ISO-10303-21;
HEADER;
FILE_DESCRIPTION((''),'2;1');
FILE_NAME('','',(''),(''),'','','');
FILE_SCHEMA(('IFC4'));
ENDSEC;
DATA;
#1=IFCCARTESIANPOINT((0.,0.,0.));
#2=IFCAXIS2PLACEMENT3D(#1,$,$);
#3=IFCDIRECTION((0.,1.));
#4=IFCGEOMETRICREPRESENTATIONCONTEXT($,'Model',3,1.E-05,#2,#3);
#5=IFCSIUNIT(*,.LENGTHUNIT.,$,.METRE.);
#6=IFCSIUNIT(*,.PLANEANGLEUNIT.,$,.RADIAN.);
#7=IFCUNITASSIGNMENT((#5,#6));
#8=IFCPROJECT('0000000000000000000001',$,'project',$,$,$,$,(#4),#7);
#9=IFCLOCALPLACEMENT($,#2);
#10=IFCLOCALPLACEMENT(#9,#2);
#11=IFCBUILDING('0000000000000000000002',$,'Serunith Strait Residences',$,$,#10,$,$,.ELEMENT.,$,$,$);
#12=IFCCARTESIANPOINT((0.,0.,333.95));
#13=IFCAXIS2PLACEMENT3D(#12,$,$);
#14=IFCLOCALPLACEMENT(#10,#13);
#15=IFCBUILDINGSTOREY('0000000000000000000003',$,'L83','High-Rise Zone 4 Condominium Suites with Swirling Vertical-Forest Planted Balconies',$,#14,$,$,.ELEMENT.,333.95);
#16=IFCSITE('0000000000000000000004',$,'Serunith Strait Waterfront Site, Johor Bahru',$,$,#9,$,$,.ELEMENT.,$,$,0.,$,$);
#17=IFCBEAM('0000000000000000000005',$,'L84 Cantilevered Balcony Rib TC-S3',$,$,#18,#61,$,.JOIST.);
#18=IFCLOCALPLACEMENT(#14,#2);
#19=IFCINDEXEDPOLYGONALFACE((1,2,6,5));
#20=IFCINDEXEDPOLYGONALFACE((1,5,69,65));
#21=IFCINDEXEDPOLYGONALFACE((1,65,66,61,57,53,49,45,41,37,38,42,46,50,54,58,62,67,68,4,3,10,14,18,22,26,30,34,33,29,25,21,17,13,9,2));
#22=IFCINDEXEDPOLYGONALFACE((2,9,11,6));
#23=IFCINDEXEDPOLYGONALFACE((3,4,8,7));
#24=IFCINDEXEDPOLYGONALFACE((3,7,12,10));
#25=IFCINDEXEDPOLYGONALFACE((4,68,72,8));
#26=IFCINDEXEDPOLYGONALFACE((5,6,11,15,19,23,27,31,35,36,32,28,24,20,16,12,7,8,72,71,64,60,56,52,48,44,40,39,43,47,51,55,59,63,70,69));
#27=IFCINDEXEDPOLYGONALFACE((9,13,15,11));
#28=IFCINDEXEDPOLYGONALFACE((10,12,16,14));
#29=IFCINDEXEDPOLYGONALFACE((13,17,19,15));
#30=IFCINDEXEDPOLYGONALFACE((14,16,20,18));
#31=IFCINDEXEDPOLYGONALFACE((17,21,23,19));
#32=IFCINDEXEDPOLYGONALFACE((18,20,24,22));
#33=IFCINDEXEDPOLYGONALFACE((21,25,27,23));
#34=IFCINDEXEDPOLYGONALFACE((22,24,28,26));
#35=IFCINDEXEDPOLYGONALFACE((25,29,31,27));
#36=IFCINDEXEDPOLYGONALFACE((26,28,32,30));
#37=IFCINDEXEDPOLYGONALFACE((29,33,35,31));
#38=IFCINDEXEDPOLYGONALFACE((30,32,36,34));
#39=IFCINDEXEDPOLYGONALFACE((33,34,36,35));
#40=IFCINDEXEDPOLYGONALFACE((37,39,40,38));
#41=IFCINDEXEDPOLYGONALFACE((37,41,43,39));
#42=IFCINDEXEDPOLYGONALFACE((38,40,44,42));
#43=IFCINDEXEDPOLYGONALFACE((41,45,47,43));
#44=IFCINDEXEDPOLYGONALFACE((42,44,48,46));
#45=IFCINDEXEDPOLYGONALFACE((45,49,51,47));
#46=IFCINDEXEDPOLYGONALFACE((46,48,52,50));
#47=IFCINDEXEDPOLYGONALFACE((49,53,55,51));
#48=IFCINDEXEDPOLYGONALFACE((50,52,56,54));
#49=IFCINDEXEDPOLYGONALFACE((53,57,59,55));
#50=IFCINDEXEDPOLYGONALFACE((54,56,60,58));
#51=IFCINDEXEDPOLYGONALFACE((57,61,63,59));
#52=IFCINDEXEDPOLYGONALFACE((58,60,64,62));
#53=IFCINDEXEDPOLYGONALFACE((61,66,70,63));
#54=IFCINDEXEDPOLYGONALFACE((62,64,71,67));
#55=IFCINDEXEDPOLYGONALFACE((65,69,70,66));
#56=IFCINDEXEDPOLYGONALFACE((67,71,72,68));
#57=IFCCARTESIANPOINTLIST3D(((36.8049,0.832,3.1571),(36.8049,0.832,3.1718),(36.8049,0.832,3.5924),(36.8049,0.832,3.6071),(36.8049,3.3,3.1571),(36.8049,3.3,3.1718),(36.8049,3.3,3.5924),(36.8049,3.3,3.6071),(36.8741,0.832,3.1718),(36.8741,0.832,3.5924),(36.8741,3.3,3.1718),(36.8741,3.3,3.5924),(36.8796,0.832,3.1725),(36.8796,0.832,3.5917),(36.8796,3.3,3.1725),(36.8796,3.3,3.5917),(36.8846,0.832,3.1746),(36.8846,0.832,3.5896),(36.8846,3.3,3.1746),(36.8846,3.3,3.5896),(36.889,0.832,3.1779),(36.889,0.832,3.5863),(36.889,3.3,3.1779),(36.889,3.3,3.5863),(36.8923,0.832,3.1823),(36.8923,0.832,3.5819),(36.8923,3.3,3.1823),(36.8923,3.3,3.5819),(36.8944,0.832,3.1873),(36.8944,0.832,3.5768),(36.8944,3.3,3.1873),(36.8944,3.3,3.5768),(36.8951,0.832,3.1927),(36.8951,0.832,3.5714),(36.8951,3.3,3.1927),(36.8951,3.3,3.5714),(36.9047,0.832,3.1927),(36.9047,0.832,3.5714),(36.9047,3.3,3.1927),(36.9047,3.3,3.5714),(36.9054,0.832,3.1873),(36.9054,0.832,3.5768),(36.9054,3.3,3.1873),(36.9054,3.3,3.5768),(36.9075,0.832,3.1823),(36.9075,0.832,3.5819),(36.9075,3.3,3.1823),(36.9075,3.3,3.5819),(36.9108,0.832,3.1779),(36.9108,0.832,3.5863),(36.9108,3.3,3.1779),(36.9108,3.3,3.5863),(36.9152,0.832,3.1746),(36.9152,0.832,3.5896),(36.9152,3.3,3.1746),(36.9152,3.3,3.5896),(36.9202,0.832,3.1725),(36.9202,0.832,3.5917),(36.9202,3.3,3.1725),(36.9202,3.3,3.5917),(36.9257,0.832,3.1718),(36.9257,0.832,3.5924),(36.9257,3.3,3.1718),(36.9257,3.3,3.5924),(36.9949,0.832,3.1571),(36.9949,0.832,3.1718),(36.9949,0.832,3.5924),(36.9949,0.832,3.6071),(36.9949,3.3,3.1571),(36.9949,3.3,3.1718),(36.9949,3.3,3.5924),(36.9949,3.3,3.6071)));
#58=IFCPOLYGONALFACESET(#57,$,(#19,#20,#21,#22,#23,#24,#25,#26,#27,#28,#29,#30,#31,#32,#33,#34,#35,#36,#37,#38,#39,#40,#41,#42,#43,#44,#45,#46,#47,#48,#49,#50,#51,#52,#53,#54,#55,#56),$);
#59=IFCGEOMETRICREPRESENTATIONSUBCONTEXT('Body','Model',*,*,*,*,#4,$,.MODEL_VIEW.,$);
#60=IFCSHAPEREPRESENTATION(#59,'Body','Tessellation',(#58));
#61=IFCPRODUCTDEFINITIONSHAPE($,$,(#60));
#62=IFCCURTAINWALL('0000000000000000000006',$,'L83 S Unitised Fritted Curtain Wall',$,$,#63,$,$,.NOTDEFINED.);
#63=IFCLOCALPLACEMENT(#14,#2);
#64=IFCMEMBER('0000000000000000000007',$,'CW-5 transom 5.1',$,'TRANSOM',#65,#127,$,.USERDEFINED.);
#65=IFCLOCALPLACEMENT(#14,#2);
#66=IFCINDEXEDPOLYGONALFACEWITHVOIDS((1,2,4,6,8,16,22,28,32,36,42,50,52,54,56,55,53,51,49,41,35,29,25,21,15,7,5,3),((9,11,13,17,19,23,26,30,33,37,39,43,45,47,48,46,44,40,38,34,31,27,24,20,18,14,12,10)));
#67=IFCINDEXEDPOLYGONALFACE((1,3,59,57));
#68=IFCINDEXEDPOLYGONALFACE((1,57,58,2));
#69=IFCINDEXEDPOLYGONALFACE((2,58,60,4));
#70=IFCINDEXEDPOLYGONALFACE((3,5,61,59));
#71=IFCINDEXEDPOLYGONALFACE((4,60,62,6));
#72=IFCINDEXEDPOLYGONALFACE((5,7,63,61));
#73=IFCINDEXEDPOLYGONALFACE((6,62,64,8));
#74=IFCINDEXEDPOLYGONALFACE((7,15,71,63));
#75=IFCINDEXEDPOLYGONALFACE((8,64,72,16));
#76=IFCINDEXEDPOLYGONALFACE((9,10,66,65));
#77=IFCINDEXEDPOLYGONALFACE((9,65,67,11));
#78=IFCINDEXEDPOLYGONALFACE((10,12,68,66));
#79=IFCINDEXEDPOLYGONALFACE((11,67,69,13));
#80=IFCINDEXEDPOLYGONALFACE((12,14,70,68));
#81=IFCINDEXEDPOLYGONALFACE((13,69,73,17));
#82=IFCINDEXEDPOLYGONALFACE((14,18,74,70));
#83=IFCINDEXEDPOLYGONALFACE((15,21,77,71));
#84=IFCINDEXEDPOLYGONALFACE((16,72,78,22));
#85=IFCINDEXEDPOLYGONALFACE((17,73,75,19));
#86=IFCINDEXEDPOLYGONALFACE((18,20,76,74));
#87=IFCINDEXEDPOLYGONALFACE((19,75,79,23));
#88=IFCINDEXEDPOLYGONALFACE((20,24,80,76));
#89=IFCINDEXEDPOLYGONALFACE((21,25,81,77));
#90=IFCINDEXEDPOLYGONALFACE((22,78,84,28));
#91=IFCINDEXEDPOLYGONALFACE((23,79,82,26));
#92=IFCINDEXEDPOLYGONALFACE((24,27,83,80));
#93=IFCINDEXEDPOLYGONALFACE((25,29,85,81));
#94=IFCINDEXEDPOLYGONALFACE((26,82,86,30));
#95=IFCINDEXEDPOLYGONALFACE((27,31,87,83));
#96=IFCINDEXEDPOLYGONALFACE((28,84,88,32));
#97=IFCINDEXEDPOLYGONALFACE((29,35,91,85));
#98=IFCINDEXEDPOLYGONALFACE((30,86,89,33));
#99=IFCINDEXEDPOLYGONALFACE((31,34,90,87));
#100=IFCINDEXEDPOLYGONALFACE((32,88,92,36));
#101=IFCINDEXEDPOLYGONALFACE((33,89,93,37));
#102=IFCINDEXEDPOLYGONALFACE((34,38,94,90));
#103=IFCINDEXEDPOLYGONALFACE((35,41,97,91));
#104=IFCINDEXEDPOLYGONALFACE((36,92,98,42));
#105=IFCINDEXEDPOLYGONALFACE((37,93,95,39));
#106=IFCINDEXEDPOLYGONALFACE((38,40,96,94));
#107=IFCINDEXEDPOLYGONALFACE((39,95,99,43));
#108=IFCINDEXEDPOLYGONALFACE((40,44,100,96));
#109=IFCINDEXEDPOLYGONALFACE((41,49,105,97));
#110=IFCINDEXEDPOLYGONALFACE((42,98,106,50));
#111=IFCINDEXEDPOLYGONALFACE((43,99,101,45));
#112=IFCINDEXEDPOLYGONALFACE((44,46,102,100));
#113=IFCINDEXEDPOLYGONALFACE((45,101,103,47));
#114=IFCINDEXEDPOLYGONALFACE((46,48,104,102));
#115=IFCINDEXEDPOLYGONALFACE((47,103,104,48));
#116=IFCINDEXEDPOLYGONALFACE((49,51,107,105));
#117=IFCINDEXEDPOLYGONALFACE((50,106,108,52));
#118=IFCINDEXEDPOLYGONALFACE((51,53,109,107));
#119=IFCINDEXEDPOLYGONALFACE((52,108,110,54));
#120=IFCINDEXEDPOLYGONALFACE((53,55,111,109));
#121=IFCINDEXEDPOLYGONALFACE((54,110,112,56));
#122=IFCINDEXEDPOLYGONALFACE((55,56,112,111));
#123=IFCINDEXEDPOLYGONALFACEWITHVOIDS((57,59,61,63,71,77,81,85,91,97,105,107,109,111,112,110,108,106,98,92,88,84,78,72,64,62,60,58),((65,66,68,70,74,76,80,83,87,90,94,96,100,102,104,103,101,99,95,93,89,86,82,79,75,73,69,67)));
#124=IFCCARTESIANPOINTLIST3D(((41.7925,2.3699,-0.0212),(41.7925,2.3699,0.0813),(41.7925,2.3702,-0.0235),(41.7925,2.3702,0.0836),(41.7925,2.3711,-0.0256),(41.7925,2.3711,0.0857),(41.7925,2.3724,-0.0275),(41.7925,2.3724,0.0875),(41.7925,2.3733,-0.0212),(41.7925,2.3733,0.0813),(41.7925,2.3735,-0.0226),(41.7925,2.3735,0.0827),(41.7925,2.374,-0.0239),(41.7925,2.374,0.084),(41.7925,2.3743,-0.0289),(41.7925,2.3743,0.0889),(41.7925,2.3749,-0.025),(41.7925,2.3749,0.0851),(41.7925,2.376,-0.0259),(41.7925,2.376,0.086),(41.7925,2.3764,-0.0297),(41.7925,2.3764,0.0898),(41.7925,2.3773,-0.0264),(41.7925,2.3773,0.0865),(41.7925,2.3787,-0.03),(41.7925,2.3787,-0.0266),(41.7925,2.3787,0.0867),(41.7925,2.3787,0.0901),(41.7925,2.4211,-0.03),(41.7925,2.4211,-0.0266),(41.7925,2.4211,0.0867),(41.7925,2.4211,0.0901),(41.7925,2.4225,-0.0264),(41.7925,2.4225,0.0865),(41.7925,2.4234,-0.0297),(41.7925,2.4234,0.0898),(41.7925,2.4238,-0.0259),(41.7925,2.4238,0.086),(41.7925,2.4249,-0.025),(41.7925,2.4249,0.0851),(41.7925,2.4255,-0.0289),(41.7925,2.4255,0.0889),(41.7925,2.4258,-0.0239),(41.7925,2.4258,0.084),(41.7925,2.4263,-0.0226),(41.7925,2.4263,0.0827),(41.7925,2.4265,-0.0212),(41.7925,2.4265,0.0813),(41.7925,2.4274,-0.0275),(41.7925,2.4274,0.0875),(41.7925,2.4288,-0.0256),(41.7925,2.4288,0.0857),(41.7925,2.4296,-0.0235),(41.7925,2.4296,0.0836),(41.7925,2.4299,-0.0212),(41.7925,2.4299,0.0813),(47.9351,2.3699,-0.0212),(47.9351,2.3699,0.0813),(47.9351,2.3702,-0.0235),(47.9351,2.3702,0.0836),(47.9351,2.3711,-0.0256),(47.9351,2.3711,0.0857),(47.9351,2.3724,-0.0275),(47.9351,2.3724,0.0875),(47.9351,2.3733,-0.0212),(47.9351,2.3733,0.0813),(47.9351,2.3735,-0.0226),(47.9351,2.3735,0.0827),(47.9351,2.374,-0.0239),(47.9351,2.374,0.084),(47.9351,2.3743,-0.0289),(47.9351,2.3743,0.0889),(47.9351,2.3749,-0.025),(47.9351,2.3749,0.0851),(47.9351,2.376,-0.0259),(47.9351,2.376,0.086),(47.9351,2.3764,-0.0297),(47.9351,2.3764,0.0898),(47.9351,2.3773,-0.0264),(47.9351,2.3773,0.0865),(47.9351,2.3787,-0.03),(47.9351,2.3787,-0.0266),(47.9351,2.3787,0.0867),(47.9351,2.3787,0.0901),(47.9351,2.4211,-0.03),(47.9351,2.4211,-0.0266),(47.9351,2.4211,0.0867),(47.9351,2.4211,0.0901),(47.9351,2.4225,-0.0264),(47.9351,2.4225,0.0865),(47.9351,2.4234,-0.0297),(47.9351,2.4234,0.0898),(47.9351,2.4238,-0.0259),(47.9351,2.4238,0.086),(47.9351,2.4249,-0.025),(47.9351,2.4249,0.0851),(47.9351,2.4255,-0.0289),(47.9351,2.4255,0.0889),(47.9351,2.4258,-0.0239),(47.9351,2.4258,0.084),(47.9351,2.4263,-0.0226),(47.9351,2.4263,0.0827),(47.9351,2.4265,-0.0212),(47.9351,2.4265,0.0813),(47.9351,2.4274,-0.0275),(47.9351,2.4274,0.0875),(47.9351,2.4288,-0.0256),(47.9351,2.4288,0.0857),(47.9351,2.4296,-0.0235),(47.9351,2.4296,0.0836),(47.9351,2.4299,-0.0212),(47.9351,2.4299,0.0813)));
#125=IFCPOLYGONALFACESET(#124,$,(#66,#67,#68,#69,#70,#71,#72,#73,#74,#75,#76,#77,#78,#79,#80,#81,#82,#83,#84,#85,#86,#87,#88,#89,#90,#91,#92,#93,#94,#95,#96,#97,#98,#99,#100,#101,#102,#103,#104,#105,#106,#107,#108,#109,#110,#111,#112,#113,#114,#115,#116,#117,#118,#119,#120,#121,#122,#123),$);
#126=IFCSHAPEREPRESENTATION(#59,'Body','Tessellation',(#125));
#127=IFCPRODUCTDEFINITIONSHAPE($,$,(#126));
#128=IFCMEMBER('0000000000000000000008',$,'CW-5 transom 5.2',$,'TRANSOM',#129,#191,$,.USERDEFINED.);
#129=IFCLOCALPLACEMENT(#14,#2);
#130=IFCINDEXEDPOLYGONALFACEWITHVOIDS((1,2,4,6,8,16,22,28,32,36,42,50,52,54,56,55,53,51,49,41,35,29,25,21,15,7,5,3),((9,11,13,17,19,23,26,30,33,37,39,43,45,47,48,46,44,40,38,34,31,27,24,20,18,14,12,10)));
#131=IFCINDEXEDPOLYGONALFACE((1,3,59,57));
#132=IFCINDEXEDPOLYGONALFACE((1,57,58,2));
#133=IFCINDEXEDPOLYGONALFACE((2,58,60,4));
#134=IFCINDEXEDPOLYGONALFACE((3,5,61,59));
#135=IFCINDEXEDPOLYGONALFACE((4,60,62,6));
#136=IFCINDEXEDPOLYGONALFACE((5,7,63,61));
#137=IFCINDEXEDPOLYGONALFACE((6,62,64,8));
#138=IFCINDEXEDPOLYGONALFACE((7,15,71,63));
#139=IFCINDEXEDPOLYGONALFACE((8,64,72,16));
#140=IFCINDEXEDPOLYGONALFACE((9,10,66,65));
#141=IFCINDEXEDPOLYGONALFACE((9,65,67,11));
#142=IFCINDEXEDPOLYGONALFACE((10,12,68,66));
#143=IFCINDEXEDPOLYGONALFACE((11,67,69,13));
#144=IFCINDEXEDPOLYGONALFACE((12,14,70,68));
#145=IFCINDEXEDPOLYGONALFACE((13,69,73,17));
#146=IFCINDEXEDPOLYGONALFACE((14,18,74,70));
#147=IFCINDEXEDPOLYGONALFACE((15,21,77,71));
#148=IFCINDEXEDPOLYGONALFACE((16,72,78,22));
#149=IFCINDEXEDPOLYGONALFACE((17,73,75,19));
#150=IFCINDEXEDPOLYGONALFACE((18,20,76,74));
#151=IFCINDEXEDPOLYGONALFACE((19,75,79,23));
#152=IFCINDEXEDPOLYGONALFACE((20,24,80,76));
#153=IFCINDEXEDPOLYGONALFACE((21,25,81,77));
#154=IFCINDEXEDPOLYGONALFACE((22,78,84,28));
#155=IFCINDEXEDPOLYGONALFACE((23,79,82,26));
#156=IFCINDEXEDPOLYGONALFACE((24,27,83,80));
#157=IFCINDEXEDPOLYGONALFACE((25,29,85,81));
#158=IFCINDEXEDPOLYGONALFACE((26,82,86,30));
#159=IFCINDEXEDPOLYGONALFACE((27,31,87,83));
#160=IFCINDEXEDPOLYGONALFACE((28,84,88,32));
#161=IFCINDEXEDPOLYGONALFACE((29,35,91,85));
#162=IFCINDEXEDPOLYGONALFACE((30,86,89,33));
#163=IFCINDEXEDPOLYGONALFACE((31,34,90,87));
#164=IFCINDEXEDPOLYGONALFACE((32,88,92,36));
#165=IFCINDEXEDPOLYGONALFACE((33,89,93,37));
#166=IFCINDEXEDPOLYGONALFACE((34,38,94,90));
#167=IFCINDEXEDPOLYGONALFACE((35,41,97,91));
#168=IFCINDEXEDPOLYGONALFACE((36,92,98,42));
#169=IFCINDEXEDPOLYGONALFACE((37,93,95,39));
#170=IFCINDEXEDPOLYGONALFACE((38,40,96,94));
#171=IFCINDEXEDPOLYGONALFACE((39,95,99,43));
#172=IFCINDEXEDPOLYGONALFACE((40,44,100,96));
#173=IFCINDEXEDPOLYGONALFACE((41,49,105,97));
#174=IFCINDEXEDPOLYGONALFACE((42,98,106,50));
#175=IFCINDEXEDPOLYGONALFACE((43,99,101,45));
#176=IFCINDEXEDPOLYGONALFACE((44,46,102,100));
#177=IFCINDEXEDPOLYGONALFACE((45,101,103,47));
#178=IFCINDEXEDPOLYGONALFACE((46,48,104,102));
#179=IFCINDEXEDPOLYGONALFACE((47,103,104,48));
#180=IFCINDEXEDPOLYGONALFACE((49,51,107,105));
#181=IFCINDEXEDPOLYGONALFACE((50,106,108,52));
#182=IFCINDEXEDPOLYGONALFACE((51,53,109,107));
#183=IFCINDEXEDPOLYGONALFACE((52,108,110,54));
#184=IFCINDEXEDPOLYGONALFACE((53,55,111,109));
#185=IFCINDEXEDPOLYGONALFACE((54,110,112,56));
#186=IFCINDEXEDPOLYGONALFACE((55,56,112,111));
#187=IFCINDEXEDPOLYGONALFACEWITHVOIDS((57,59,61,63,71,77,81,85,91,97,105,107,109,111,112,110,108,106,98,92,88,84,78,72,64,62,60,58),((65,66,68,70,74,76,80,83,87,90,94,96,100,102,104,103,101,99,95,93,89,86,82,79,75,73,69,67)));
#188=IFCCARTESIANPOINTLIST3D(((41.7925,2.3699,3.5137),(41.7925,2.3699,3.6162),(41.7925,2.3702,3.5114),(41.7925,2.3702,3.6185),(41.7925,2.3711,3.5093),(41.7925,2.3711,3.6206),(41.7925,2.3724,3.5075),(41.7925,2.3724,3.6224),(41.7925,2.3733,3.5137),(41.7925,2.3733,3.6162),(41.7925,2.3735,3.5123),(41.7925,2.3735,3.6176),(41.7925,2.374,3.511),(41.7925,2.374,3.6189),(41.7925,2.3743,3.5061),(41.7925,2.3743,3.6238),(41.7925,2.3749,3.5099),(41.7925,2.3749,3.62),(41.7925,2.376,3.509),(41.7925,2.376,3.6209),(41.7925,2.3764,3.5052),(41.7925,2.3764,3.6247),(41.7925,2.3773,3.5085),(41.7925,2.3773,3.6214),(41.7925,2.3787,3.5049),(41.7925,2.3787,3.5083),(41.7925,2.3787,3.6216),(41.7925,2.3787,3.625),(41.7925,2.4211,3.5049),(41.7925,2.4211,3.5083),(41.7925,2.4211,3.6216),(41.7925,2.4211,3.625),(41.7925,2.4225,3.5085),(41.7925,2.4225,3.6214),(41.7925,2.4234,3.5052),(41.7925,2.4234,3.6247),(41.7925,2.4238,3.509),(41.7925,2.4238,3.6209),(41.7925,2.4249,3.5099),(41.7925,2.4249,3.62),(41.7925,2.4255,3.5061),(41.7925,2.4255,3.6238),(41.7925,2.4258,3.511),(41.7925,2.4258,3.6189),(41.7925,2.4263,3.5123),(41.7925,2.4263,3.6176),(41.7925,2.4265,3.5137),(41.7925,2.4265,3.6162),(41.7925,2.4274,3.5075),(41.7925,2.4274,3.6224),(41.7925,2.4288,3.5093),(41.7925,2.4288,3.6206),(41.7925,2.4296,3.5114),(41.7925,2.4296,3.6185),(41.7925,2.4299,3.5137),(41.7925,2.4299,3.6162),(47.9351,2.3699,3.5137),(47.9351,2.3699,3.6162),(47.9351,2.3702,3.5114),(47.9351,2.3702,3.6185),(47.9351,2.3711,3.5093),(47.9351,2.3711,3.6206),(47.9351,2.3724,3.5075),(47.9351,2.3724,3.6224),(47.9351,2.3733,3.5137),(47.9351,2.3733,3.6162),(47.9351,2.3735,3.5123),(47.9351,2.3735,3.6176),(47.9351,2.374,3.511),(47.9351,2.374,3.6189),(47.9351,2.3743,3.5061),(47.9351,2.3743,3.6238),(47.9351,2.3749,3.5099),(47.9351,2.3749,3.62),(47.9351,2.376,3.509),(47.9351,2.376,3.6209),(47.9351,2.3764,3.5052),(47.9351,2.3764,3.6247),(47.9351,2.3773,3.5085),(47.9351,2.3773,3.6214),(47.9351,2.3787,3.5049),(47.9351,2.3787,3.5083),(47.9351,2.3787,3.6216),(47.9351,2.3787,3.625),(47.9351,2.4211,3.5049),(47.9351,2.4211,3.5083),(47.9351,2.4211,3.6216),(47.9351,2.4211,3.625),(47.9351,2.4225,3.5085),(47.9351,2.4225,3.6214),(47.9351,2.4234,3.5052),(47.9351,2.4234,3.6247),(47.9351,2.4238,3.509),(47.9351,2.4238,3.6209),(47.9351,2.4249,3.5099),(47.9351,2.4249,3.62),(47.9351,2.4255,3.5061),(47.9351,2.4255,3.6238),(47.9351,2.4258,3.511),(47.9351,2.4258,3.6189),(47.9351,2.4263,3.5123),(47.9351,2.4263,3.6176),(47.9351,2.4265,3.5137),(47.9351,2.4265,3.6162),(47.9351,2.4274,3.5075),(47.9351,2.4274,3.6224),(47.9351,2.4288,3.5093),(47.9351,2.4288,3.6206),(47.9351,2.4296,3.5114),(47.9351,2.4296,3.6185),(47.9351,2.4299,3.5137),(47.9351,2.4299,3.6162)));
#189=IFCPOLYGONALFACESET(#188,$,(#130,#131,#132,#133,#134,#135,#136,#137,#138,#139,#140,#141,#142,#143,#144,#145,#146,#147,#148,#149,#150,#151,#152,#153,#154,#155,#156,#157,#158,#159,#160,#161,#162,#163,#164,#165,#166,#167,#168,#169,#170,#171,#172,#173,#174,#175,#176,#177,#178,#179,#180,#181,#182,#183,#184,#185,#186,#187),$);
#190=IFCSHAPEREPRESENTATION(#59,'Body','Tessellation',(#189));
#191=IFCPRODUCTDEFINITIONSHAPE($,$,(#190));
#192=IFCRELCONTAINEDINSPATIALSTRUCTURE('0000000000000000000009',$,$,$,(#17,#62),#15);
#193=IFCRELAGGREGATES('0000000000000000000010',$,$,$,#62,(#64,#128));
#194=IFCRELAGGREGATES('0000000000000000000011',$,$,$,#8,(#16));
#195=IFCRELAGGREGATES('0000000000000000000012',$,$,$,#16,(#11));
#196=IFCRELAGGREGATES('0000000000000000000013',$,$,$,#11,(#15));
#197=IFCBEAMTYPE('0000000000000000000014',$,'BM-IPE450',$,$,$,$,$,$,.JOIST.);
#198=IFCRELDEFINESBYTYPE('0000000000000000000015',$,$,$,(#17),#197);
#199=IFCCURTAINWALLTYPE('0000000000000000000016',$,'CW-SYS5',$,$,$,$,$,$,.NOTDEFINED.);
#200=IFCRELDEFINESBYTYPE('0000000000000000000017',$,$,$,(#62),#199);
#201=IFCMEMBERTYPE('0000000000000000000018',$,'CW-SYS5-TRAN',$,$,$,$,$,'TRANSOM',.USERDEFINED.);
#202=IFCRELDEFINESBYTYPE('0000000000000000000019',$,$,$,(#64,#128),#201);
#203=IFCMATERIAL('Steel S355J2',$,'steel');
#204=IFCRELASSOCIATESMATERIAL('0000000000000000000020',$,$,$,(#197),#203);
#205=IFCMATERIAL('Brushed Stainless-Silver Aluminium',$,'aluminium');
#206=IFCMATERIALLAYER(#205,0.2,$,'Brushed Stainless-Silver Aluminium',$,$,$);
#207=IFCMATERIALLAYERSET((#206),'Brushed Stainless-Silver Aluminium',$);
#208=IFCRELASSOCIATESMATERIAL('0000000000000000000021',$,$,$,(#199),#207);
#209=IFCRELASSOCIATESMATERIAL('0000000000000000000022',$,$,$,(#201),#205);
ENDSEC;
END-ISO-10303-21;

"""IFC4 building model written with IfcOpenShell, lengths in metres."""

from ifc_helpers import new_model, si_unit, direction, frame, origin, origin_2d, place, context, subcontext, project, spatial, hollow_rectangle, i_section, extrude, source, transform, mapped, material, layer, layer_set, material_profile, profile_set, type_object, element, aggregate, save


model = new_model("IFC4")

# Units and contexts
model_context = context("Model", 3, precision=1e-05, world=origin(), true_north=direction((0.0, 1.0)))
body_context = subcontext(model_context, "Body", "Model", "MODEL_VIEW")
ifc_project = project(units=[si_unit("LENGTHUNIT", "METRE"), si_unit("PLANEANGLEUNIT", "RADIAN")], contexts=[model_context])

# Site, building, storey
site_placement = place(None, origin())
site = spatial("IfcSite", under=ifc_project, at=site_placement, Name="Serunith Strait Waterfront Site, Johor Bahru", CompositionType="ELEMENT", RefElevation=0.0)
building_placement = place(site_placement, origin())
building = spatial("IfcBuilding", under=site, at=building_placement, Name="Serunith Strait Residences", CompositionType="ELEMENT")
storey_placement = place(building_placement, frame((0.0, 0.0, 333.95)))
storey = spatial("IfcBuildingStorey", under=building, at=storey_placement, Name="L83", Description="High-Rise Zone 4 Condominium Suites with Swirling Vertical-Forest Planted Balconies", CompositionType="ELEMENT", Elevation=333.95)

# Beam
ifc_material_1 = material(Name="Steel S355J2", Category="steel")
ifc_material_profile_1 = material_profile(ifc_material_1, i_section(OverallWidth=0.1899, OverallDepth=0.45, WebThickness=0.0095, FlangeThickness=0.0146, FilletRadius=0.021, at=origin_2d()), Name="IPE 450")
ifc_profile_set_1 = profile_set([ifc_material_profile_1], Name="Steel S355J2")
beam_type_1 = type_object("IfcBeamType", Name="BM-IPE450", PredefinedType="JOIST", material=ifc_profile_set_1)
shared_shape_1 = source(origin(), body_context, "Body", "SweptSolid", [
    extrude(i_section(OverallWidth=0.1899, OverallDepth=0.45, WebThickness=0.0095, FlangeThickness=0.0146, FilletRadius=0.021, at=origin_2d()), origin(), (0.0, 0.0, 1.0), 2.468),
])
beam_1_placement = place(storey_placement, frame((36.8999, 3.3, 3.3821), z_axis=(0.0, -1.0, 0.0), x_axis=(1.0, 0.0, 0.0)))
element("IfcBeam", 1, at=beam_1_placement, inside=storey, type_object=beam_type_1, Name="L84 Cantilevered Balcony Rib TC-S3", PredefinedType="JOIST", context=body_context, shape_type="MappedRepresentation", body=[
    mapped(shared_shape_1, transform((0.0, 0.0, 0.0), scale=1.0)),
])

# Curtain wall, members
ifc_material_2 = material(Name="Brushed Stainless-Silver Aluminium", Category="aluminium")
ifc_layer_1 = layer(ifc_material_2, 0.2, Name="Brushed Stainless-Silver Aluminium")
ifc_layer_set_1 = layer_set([ifc_layer_1], Name="Brushed Stainless-Silver Aluminium")
curtain_wall_type = type_object("IfcCurtainWallType", Name="CW-SYS5", PredefinedType="NOTDEFINED", material=ifc_layer_set_1)
curtain_wall_placement = place(storey_placement, origin())
curtain_wall = element("IfcCurtainWall", 2, at=curtain_wall_placement, inside=storey, type_object=curtain_wall_type, Name="L83 S Unitised Fritted Curtain Wall", PredefinedType="NOTDEFINED")
ifc_material_profile_2 = material_profile(ifc_material_2, hollow_rectangle(XDim=0.0601, YDim=0.1201, WallThickness=0.0034, InnerFilletRadius=0.0054, OuterFilletRadius=0.0088, at=origin_2d()), Name="ALU 120x60x3.5")
ifc_profile_set_2 = profile_set([ifc_material_profile_2], Name="Brushed Stainless-Silver Aluminium")
member_type_1 = type_object("IfcMemberType", Name="CW-SYS5-TRAN", ElementType="TRANSOM", PredefinedType="USERDEFINED", material=ifc_profile_set_2)
shared_shape_2 = source(origin(), body_context, "Body", "SweptSolid", [
    extrude(hollow_rectangle(XDim=0.0601, YDim=0.1201, WallThickness=0.0034, InnerFilletRadius=0.0054, OuterFilletRadius=0.0088, at=origin_2d()), origin(), (0.0, 0.0, 1.0), 6.1426),
])
member_1_placement = place(storey_placement, frame((41.7925, 2.3999, 0.03), z_axis=(1.0, 0.0, 0.0), x_axis=(0.0, 1.0, 0.0)))
member_1 = element("IfcMember", 3, at=member_1_placement, type_object=member_type_1, Name="CW-5 transom 5.1", ObjectType="TRANSOM", PredefinedType="USERDEFINED", context=body_context, shape_type="MappedRepresentation", body=[
    mapped(shared_shape_2, transform((0.0, 0.0, 0.0), scale=1.0)),
])
member_2_placement = place(storey_placement, frame((41.7925, 2.3999, 3.5649), z_axis=(1.0, 0.0, 0.0), x_axis=(0.0, 1.0, 0.0)))
member_2 = element("IfcMember", 4, at=member_2_placement, type_object=member_type_1, Name="CW-5 transom 5.2", ObjectType="TRANSOM", PredefinedType="USERDEFINED", context=body_context, shape_type="MappedRepresentation", body=[
    mapped(shared_shape_2, transform((0.0, 0.0, 0.0), scale=1.0)),
])
aggregate(curtain_wall, [member_1, member_2])

save(model, "model.ifc")
